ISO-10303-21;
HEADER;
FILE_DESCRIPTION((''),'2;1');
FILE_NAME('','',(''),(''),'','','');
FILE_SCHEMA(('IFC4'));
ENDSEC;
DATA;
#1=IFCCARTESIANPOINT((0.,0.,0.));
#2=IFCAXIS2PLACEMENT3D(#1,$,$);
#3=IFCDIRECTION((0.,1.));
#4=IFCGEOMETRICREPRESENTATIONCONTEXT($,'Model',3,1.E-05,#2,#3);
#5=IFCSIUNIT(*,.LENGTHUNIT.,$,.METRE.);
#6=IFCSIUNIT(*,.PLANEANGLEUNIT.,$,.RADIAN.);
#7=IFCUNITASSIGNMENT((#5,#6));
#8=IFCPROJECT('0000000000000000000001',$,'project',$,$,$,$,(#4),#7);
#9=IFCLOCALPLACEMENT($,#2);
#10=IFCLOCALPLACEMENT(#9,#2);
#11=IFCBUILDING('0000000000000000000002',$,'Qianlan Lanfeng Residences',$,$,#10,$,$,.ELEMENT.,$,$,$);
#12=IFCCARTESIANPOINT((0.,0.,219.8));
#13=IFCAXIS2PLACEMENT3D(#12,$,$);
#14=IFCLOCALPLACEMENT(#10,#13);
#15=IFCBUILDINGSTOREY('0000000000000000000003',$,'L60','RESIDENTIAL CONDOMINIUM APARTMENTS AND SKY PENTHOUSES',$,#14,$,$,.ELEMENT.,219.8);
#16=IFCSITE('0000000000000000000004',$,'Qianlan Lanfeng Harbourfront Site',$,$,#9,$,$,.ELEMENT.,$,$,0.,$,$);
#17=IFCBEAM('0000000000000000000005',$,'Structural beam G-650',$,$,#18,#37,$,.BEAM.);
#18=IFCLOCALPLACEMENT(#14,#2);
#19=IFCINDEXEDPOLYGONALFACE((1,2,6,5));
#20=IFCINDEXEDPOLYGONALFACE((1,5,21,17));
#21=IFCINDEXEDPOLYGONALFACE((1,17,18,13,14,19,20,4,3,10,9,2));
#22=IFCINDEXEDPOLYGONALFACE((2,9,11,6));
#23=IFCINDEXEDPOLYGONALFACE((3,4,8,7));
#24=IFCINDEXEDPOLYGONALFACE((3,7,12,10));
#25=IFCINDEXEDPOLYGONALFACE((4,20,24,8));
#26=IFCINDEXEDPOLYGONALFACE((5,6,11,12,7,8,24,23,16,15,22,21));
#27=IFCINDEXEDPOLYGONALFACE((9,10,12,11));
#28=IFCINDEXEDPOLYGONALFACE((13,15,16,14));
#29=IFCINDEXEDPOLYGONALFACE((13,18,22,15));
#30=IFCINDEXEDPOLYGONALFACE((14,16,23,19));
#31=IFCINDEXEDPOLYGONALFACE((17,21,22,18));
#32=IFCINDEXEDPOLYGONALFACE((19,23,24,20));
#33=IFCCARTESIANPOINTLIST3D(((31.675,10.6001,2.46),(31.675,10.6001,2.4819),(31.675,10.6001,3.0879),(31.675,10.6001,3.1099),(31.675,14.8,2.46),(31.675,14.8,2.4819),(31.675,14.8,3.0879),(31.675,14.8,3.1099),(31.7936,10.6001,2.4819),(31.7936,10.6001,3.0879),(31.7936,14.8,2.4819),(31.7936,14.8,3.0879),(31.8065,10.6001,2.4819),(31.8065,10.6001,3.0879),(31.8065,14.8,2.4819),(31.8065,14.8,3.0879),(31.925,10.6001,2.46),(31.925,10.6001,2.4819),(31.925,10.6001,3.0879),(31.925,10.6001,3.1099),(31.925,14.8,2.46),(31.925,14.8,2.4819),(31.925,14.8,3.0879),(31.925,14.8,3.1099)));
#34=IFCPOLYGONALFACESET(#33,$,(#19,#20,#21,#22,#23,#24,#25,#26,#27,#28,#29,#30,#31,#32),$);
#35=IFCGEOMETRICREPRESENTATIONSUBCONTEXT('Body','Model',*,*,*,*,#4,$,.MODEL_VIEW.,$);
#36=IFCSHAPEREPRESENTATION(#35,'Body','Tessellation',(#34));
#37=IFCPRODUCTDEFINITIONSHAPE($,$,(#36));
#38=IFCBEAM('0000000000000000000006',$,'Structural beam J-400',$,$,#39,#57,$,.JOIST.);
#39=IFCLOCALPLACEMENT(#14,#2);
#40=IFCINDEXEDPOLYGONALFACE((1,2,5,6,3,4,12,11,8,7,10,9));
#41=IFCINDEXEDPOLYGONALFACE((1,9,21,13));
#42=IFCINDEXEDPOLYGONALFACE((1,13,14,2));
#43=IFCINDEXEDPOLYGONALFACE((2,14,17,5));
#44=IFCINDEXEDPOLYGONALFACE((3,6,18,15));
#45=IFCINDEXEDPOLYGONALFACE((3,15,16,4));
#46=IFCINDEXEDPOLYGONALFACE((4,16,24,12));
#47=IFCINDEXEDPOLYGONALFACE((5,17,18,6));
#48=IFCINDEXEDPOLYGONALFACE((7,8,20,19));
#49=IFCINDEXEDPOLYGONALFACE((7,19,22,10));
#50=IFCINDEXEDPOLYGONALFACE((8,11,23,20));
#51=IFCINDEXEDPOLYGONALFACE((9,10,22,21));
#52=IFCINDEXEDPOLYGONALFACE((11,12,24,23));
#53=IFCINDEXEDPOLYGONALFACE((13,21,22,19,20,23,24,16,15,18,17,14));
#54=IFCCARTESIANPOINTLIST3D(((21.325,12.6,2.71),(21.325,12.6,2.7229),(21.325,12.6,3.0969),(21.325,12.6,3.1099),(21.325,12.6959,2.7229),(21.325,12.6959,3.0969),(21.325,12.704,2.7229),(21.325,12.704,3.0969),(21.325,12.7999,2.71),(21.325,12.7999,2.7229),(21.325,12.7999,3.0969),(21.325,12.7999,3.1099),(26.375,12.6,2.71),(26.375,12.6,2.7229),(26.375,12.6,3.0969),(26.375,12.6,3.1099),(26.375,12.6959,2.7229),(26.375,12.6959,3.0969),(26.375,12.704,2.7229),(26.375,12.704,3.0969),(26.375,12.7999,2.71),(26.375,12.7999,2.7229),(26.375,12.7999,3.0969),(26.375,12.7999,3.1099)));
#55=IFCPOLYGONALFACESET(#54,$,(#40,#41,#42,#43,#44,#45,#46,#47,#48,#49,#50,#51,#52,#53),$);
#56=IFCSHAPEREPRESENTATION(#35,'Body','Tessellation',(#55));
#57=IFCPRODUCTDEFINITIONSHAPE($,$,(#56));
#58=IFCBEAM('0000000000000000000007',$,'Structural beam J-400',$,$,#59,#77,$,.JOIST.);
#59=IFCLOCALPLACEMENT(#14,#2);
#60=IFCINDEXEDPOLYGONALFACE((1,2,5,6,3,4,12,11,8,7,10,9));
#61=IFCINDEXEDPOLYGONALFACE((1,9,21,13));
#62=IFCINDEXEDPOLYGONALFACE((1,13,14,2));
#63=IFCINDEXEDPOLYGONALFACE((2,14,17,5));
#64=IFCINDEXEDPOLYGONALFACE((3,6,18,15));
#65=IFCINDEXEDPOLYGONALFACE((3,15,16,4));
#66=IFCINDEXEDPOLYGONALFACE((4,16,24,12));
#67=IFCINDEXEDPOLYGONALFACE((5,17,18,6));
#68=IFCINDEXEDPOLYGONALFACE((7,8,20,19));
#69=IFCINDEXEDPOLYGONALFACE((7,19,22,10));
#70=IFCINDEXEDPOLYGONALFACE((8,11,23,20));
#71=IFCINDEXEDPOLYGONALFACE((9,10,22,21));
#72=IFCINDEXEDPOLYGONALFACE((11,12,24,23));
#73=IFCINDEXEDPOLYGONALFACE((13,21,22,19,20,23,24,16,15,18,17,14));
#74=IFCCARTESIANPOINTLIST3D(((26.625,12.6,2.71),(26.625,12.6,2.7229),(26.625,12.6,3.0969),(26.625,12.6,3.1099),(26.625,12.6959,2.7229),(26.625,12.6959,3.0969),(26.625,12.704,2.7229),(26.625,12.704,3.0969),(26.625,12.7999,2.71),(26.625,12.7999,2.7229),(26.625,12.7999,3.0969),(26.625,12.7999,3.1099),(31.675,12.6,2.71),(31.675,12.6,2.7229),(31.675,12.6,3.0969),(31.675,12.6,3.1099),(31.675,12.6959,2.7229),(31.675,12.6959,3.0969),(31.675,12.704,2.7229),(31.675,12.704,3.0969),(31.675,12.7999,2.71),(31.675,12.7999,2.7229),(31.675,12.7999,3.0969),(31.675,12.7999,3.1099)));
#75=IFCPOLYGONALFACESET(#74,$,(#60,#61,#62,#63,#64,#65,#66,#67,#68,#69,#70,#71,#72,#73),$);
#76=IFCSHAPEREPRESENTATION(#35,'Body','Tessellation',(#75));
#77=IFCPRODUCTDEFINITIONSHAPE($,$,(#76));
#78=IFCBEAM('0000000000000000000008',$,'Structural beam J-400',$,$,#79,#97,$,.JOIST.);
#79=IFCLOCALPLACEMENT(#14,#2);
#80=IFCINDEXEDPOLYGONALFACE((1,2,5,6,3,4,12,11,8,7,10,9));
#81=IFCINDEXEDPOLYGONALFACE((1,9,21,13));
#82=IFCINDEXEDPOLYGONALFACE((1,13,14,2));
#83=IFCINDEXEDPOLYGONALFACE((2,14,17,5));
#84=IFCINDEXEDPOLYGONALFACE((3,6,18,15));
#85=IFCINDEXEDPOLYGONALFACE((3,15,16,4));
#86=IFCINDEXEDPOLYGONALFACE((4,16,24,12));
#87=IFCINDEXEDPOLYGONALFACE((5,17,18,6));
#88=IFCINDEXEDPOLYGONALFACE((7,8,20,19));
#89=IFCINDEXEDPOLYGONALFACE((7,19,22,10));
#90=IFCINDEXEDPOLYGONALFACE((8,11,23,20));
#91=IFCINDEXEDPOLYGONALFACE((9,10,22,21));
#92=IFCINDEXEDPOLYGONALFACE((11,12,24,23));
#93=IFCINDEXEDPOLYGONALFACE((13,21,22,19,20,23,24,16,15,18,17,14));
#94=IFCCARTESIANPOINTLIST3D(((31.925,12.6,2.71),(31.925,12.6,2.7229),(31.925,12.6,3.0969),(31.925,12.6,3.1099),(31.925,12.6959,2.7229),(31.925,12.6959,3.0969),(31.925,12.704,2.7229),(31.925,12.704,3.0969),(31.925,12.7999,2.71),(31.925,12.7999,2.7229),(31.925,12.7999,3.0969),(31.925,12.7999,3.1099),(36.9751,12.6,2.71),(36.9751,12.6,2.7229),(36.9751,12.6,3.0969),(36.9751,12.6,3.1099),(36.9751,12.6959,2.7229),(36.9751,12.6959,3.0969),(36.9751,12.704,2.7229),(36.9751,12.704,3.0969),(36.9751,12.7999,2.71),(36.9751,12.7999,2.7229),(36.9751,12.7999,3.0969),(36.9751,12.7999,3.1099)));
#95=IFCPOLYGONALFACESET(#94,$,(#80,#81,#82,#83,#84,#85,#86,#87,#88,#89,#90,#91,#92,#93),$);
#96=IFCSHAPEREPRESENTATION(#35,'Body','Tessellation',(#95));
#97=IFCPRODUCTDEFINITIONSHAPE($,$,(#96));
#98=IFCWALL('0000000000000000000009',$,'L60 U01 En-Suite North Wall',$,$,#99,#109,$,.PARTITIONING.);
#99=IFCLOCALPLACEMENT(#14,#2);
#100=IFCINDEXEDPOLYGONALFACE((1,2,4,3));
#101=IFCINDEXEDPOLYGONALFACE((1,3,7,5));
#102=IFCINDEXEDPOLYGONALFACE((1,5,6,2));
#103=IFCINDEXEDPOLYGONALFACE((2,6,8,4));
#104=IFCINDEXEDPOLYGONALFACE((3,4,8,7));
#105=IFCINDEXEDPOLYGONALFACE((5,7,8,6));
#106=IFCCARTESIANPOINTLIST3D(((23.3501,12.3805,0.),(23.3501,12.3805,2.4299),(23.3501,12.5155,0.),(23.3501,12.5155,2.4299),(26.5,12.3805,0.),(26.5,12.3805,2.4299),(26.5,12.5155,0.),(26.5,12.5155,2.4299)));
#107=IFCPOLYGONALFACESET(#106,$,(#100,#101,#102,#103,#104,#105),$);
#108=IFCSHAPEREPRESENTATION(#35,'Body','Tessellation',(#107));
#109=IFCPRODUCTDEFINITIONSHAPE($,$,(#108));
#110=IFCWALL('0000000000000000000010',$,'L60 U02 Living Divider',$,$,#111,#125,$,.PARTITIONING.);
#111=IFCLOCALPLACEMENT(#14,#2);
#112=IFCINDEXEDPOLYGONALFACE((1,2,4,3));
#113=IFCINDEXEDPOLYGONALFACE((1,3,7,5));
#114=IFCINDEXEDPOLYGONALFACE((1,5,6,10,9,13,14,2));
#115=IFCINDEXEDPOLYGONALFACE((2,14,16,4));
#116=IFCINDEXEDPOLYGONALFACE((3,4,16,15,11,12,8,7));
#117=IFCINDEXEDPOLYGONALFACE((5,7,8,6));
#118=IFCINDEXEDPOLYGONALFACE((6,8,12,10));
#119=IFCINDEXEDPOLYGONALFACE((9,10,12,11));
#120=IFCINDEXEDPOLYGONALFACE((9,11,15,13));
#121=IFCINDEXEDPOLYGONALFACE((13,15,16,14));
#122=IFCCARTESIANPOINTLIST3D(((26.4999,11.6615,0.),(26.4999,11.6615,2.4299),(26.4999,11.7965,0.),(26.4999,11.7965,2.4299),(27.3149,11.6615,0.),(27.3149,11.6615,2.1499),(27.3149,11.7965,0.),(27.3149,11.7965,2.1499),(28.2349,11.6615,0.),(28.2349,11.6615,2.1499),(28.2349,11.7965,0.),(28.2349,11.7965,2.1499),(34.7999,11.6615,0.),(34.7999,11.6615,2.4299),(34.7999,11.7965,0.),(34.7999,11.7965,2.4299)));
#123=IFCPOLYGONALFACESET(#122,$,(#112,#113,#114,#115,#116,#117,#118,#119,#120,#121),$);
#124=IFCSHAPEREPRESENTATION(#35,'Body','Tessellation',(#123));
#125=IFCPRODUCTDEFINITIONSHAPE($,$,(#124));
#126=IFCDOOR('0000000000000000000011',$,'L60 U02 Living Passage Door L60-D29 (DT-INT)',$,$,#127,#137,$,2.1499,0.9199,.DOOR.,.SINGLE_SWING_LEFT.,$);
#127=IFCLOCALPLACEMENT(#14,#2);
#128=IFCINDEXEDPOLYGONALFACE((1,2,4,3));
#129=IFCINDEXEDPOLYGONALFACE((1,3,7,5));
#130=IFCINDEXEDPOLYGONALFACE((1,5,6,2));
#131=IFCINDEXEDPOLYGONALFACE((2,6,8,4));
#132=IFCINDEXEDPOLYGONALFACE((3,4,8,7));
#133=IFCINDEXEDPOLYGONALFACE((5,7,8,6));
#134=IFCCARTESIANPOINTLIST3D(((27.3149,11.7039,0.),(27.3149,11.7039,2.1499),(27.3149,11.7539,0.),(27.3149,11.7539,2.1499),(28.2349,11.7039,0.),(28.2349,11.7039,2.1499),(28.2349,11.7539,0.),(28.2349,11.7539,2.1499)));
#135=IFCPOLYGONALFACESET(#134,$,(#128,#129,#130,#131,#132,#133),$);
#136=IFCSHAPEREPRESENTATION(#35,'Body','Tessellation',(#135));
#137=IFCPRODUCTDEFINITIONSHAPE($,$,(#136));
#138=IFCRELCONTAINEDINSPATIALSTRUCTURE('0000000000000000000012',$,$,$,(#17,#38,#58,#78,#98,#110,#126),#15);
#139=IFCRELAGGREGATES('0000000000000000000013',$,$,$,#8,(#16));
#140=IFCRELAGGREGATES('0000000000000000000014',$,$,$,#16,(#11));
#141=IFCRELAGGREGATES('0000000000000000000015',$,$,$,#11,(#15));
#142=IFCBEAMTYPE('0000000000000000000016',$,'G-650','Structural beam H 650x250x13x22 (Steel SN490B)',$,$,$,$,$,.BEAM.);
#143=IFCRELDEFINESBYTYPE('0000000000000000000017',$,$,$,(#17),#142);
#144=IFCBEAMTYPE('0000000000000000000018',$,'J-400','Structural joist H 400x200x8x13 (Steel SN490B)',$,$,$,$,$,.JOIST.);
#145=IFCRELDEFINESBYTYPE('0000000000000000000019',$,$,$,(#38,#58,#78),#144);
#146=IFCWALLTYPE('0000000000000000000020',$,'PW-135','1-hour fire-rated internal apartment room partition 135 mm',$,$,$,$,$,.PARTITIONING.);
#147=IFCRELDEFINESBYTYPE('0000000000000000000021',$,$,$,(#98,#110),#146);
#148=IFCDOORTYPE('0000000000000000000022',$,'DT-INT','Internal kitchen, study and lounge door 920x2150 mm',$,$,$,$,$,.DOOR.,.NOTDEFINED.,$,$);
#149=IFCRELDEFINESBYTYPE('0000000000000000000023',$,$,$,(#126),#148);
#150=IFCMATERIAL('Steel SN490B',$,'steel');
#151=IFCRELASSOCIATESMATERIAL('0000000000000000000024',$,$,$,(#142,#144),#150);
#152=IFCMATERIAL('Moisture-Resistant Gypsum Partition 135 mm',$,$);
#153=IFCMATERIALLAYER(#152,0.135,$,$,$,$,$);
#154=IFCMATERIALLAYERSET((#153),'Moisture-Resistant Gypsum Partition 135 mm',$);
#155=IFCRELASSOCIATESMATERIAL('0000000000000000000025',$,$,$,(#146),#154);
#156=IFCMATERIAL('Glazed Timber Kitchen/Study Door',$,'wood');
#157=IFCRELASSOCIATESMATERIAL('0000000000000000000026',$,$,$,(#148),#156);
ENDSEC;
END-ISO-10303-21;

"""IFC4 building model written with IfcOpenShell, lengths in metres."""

from ifc_helpers import new_model, si_unit, direction, frame, frame_2d, origin, origin_2d, place, context, subcontext, project, spatial, rectangle, i_section, extrude, material, layer, layer_set, material_profile, profile_set, type_object, element, fill, save


model = new_model("IFC4")

# Units and contexts
model_context = context("Model", 3, precision=1e-05, world=origin(), true_north=direction((0.0, 1.0)))
body_context = subcontext(model_context, "Body", "Model", "MODEL_VIEW")
ifc_project = project(units=[si_unit("LENGTHUNIT", "METRE"), si_unit("PLANEANGLEUNIT", "RADIAN")], contexts=[model_context])

# Site, building, storey
site_placement = place(None, origin())
site = spatial("IfcSite", under=ifc_project, at=site_placement, Name="Qianlan Lanfeng Harbourfront Site", CompositionType="ELEMENT", RefElevation=0.0)
building_placement = place(site_placement, origin())
building = spatial("IfcBuilding", under=site, at=building_placement, Name="Qianlan Lanfeng Residences", CompositionType="ELEMENT")
storey_placement = place(building_placement, frame((0.0, 0.0, 219.8)))
storey = spatial("IfcBuildingStorey", under=building, at=storey_placement, Name="L60", Description="RESIDENTIAL CONDOMINIUM APARTMENTS AND SKY PENTHOUSES", CompositionType="ELEMENT", Elevation=219.8)

# Shared definitions
ifc_material_1 = material(Name="Steel SN490B", Category="steel")

# Beams
ifc_material_profile_1 = material_profile(ifc_material_1, i_section(OverallWidth=0.25, OverallDepth=0.6499, WebThickness=0.0129, FlangeThickness=0.022, at=origin_2d()), Name="H 650x250x13x22")
ifc_profile_set_1 = profile_set([ifc_material_profile_1], Name="Steel SN490B")
beam_type_1 = type_object("IfcBeamType", Name="G-650", Description="Structural beam H 650x250x13x22 (Steel SN490B)", PredefinedType="BEAM", material=ifc_profile_set_1)
beam_1_placement = place(storey_placement, frame((31.8, 10.6001, 2.7849), z_axis=(0.0, 1.0, 0.0), x_axis=(-1.0, 0.0, 0.0)))
element("IfcBeam", 1, at=beam_1_placement, inside=storey, type_object=beam_type_1, Name="Structural beam G-650", PredefinedType="BEAM", context=body_context, shape_type="SweptSolid", body=[
    extrude(i_section(OverallWidth=0.25, OverallDepth=0.6499, WebThickness=0.0129, FlangeThickness=0.022, at=origin_2d()), origin(), (0.0, 0.0, 1.0), 4.2),
])
ifc_material_profile_2 = material_profile(ifc_material_1, i_section(OverallWidth=0.2, OverallDepth=0.3999, WebThickness=0.0081, FlangeThickness=0.0129, at=origin_2d()), Name="H 400x200x8x13")
ifc_profile_set_2 = profile_set([ifc_material_profile_2], Name="Steel SN490B")
beam_type_2 = type_object("IfcBeamType", Name="J-400", Description="Structural joist H 400x200x8x13 (Steel SN490B)", PredefinedType="JOIST", material=ifc_profile_set_2)
for number, where, z_axis, x_axis, name in (
    (2, (21.325, 12.7, 2.9099), (1.0, 0.0, 0.0), (0.0, 1.0, 0.0), "Structural beam J-400"),
    (3, (26.625, 12.7, 2.9099), (1.0, 0.0, 0.0), (0.0, 1.0, 0.0), "Structural beam J-400"),
    (4, (31.925, 12.7, 2.9099), (1.0, 0.0, 0.0), (0.0, 1.0, 0.0), "Structural beam J-400"),
):
    element("IfcBeam", number, at=place(storey_placement, frame(where, z_axis=z_axis, x_axis=x_axis)), inside=storey, type_object=beam_type_2, Name=name, PredefinedType="JOIST", context=body_context, shape_type="SweptSolid", body=[
        extrude(i_section(OverallWidth=0.2, OverallDepth=0.3999, WebThickness=0.0081, FlangeThickness=0.0129, at=origin_2d()), origin(), (0.0, 0.0, 1.0), 5.05),
    ])

# Wall
ifc_material_2 = material(Name="Moisture-Resistant Gypsum Partition 135 mm")
ifc_layer = layer(ifc_material_2, 0.135)
ifc_layer_set = layer_set([ifc_layer], Name="Moisture-Resistant Gypsum Partition 135 mm")
wall_type = type_object("IfcWallType", Name="PW-135", Description="1-hour fire-rated internal apartment room partition 135 mm", PredefinedType="PARTITIONING", material=ifc_layer_set)
wall_1_placement = place(storey_placement, frame((23.3501, 12.448, 0.0), z_axis=(0.0, 0.0, 1.0), x_axis=(1.0, 0.0, 0.0)))
element("IfcWall", 5, at=wall_1_placement, inside=storey, type_object=wall_type, Name="L60 U01 En-Suite North Wall", PredefinedType="PARTITIONING", context=body_context, shape_type="SweptSolid", body=[
    extrude(rectangle(XDim=3.1499, YDim=0.135, at=frame_2d((1.575, 0.0))), origin(), (0.0, 0.0, 1.0), 2.4299),
])

# Wall, opening, door
wall_2_placement = place(storey_placement, frame((26.5, 11.729, 0.0), z_axis=(0.0, 0.0, 1.0), x_axis=(1.0, 0.0, 0.0)))
wall_2 = element("IfcWall", 6, at=wall_2_placement, inside=storey, type_object=wall_type, Name="L60 U02 Living Divider", PredefinedType="PARTITIONING", context=body_context, shape_type="SweptSolid", body=[
    extrude(rectangle(XDim=8.3, YDim=0.135, at=frame_2d((4.1499, 0.0))), origin(), (0.0, 0.0, 1.0), 2.4299),
])
opening_1_placement = place(wall_2_placement, frame((0.8149, 0.0, 0.0)))
opening_1 = element("IfcOpeningElement", 7, at=opening_1_placement, cuts=wall_2, PredefinedType="OPENING", context=body_context, shape_type="SweptSolid", body=[
    extrude(rectangle(XDim=0.9199, YDim=2.1499, at=frame_2d((0.46, 1.075))), frame((0.0, 0.0776, 0.0), z_axis=(0.0, -1.0, 0.0), x_axis=(1.0, 0.0, 0.0)), (0.0, 0.0, 1.0), 0.155),
])
ifc_material_3 = material(Name="Glazed Timber Kitchen/Study Door", Category="wood")
door_type_1 = type_object("IfcDoorType", Name="DT-INT", Description="Internal kitchen, study and lounge door 920x2150 mm", OperationType="NOTDEFINED", PredefinedType="DOOR", material=ifc_material_3)
door_1_placement = place(opening_1_placement, origin())
door_1 = element("IfcDoor", 8, at=door_1_placement, inside=storey, type_object=door_type_1, Name="L60 U02 Living Passage Door L60-D29 (DT-INT)", OperationType="SINGLE_SWING_LEFT", OverallHeight=2.1499, OverallWidth=0.9199, PredefinedType="DOOR", context=body_context, shape_type="SweptSolid", body=[
    extrude(rectangle(XDim=0.9199, YDim=2.1499, at=frame_2d((0.46, 1.075))), frame((0.0, 0.0249, 0.0), z_axis=(0.0, -1.0, 0.0), x_axis=(1.0, 0.0, 0.0)), (0.0, 0.0, 1.0), 0.05),
])
fill(opening_1, door_1)

save(model, "model.ifc")
